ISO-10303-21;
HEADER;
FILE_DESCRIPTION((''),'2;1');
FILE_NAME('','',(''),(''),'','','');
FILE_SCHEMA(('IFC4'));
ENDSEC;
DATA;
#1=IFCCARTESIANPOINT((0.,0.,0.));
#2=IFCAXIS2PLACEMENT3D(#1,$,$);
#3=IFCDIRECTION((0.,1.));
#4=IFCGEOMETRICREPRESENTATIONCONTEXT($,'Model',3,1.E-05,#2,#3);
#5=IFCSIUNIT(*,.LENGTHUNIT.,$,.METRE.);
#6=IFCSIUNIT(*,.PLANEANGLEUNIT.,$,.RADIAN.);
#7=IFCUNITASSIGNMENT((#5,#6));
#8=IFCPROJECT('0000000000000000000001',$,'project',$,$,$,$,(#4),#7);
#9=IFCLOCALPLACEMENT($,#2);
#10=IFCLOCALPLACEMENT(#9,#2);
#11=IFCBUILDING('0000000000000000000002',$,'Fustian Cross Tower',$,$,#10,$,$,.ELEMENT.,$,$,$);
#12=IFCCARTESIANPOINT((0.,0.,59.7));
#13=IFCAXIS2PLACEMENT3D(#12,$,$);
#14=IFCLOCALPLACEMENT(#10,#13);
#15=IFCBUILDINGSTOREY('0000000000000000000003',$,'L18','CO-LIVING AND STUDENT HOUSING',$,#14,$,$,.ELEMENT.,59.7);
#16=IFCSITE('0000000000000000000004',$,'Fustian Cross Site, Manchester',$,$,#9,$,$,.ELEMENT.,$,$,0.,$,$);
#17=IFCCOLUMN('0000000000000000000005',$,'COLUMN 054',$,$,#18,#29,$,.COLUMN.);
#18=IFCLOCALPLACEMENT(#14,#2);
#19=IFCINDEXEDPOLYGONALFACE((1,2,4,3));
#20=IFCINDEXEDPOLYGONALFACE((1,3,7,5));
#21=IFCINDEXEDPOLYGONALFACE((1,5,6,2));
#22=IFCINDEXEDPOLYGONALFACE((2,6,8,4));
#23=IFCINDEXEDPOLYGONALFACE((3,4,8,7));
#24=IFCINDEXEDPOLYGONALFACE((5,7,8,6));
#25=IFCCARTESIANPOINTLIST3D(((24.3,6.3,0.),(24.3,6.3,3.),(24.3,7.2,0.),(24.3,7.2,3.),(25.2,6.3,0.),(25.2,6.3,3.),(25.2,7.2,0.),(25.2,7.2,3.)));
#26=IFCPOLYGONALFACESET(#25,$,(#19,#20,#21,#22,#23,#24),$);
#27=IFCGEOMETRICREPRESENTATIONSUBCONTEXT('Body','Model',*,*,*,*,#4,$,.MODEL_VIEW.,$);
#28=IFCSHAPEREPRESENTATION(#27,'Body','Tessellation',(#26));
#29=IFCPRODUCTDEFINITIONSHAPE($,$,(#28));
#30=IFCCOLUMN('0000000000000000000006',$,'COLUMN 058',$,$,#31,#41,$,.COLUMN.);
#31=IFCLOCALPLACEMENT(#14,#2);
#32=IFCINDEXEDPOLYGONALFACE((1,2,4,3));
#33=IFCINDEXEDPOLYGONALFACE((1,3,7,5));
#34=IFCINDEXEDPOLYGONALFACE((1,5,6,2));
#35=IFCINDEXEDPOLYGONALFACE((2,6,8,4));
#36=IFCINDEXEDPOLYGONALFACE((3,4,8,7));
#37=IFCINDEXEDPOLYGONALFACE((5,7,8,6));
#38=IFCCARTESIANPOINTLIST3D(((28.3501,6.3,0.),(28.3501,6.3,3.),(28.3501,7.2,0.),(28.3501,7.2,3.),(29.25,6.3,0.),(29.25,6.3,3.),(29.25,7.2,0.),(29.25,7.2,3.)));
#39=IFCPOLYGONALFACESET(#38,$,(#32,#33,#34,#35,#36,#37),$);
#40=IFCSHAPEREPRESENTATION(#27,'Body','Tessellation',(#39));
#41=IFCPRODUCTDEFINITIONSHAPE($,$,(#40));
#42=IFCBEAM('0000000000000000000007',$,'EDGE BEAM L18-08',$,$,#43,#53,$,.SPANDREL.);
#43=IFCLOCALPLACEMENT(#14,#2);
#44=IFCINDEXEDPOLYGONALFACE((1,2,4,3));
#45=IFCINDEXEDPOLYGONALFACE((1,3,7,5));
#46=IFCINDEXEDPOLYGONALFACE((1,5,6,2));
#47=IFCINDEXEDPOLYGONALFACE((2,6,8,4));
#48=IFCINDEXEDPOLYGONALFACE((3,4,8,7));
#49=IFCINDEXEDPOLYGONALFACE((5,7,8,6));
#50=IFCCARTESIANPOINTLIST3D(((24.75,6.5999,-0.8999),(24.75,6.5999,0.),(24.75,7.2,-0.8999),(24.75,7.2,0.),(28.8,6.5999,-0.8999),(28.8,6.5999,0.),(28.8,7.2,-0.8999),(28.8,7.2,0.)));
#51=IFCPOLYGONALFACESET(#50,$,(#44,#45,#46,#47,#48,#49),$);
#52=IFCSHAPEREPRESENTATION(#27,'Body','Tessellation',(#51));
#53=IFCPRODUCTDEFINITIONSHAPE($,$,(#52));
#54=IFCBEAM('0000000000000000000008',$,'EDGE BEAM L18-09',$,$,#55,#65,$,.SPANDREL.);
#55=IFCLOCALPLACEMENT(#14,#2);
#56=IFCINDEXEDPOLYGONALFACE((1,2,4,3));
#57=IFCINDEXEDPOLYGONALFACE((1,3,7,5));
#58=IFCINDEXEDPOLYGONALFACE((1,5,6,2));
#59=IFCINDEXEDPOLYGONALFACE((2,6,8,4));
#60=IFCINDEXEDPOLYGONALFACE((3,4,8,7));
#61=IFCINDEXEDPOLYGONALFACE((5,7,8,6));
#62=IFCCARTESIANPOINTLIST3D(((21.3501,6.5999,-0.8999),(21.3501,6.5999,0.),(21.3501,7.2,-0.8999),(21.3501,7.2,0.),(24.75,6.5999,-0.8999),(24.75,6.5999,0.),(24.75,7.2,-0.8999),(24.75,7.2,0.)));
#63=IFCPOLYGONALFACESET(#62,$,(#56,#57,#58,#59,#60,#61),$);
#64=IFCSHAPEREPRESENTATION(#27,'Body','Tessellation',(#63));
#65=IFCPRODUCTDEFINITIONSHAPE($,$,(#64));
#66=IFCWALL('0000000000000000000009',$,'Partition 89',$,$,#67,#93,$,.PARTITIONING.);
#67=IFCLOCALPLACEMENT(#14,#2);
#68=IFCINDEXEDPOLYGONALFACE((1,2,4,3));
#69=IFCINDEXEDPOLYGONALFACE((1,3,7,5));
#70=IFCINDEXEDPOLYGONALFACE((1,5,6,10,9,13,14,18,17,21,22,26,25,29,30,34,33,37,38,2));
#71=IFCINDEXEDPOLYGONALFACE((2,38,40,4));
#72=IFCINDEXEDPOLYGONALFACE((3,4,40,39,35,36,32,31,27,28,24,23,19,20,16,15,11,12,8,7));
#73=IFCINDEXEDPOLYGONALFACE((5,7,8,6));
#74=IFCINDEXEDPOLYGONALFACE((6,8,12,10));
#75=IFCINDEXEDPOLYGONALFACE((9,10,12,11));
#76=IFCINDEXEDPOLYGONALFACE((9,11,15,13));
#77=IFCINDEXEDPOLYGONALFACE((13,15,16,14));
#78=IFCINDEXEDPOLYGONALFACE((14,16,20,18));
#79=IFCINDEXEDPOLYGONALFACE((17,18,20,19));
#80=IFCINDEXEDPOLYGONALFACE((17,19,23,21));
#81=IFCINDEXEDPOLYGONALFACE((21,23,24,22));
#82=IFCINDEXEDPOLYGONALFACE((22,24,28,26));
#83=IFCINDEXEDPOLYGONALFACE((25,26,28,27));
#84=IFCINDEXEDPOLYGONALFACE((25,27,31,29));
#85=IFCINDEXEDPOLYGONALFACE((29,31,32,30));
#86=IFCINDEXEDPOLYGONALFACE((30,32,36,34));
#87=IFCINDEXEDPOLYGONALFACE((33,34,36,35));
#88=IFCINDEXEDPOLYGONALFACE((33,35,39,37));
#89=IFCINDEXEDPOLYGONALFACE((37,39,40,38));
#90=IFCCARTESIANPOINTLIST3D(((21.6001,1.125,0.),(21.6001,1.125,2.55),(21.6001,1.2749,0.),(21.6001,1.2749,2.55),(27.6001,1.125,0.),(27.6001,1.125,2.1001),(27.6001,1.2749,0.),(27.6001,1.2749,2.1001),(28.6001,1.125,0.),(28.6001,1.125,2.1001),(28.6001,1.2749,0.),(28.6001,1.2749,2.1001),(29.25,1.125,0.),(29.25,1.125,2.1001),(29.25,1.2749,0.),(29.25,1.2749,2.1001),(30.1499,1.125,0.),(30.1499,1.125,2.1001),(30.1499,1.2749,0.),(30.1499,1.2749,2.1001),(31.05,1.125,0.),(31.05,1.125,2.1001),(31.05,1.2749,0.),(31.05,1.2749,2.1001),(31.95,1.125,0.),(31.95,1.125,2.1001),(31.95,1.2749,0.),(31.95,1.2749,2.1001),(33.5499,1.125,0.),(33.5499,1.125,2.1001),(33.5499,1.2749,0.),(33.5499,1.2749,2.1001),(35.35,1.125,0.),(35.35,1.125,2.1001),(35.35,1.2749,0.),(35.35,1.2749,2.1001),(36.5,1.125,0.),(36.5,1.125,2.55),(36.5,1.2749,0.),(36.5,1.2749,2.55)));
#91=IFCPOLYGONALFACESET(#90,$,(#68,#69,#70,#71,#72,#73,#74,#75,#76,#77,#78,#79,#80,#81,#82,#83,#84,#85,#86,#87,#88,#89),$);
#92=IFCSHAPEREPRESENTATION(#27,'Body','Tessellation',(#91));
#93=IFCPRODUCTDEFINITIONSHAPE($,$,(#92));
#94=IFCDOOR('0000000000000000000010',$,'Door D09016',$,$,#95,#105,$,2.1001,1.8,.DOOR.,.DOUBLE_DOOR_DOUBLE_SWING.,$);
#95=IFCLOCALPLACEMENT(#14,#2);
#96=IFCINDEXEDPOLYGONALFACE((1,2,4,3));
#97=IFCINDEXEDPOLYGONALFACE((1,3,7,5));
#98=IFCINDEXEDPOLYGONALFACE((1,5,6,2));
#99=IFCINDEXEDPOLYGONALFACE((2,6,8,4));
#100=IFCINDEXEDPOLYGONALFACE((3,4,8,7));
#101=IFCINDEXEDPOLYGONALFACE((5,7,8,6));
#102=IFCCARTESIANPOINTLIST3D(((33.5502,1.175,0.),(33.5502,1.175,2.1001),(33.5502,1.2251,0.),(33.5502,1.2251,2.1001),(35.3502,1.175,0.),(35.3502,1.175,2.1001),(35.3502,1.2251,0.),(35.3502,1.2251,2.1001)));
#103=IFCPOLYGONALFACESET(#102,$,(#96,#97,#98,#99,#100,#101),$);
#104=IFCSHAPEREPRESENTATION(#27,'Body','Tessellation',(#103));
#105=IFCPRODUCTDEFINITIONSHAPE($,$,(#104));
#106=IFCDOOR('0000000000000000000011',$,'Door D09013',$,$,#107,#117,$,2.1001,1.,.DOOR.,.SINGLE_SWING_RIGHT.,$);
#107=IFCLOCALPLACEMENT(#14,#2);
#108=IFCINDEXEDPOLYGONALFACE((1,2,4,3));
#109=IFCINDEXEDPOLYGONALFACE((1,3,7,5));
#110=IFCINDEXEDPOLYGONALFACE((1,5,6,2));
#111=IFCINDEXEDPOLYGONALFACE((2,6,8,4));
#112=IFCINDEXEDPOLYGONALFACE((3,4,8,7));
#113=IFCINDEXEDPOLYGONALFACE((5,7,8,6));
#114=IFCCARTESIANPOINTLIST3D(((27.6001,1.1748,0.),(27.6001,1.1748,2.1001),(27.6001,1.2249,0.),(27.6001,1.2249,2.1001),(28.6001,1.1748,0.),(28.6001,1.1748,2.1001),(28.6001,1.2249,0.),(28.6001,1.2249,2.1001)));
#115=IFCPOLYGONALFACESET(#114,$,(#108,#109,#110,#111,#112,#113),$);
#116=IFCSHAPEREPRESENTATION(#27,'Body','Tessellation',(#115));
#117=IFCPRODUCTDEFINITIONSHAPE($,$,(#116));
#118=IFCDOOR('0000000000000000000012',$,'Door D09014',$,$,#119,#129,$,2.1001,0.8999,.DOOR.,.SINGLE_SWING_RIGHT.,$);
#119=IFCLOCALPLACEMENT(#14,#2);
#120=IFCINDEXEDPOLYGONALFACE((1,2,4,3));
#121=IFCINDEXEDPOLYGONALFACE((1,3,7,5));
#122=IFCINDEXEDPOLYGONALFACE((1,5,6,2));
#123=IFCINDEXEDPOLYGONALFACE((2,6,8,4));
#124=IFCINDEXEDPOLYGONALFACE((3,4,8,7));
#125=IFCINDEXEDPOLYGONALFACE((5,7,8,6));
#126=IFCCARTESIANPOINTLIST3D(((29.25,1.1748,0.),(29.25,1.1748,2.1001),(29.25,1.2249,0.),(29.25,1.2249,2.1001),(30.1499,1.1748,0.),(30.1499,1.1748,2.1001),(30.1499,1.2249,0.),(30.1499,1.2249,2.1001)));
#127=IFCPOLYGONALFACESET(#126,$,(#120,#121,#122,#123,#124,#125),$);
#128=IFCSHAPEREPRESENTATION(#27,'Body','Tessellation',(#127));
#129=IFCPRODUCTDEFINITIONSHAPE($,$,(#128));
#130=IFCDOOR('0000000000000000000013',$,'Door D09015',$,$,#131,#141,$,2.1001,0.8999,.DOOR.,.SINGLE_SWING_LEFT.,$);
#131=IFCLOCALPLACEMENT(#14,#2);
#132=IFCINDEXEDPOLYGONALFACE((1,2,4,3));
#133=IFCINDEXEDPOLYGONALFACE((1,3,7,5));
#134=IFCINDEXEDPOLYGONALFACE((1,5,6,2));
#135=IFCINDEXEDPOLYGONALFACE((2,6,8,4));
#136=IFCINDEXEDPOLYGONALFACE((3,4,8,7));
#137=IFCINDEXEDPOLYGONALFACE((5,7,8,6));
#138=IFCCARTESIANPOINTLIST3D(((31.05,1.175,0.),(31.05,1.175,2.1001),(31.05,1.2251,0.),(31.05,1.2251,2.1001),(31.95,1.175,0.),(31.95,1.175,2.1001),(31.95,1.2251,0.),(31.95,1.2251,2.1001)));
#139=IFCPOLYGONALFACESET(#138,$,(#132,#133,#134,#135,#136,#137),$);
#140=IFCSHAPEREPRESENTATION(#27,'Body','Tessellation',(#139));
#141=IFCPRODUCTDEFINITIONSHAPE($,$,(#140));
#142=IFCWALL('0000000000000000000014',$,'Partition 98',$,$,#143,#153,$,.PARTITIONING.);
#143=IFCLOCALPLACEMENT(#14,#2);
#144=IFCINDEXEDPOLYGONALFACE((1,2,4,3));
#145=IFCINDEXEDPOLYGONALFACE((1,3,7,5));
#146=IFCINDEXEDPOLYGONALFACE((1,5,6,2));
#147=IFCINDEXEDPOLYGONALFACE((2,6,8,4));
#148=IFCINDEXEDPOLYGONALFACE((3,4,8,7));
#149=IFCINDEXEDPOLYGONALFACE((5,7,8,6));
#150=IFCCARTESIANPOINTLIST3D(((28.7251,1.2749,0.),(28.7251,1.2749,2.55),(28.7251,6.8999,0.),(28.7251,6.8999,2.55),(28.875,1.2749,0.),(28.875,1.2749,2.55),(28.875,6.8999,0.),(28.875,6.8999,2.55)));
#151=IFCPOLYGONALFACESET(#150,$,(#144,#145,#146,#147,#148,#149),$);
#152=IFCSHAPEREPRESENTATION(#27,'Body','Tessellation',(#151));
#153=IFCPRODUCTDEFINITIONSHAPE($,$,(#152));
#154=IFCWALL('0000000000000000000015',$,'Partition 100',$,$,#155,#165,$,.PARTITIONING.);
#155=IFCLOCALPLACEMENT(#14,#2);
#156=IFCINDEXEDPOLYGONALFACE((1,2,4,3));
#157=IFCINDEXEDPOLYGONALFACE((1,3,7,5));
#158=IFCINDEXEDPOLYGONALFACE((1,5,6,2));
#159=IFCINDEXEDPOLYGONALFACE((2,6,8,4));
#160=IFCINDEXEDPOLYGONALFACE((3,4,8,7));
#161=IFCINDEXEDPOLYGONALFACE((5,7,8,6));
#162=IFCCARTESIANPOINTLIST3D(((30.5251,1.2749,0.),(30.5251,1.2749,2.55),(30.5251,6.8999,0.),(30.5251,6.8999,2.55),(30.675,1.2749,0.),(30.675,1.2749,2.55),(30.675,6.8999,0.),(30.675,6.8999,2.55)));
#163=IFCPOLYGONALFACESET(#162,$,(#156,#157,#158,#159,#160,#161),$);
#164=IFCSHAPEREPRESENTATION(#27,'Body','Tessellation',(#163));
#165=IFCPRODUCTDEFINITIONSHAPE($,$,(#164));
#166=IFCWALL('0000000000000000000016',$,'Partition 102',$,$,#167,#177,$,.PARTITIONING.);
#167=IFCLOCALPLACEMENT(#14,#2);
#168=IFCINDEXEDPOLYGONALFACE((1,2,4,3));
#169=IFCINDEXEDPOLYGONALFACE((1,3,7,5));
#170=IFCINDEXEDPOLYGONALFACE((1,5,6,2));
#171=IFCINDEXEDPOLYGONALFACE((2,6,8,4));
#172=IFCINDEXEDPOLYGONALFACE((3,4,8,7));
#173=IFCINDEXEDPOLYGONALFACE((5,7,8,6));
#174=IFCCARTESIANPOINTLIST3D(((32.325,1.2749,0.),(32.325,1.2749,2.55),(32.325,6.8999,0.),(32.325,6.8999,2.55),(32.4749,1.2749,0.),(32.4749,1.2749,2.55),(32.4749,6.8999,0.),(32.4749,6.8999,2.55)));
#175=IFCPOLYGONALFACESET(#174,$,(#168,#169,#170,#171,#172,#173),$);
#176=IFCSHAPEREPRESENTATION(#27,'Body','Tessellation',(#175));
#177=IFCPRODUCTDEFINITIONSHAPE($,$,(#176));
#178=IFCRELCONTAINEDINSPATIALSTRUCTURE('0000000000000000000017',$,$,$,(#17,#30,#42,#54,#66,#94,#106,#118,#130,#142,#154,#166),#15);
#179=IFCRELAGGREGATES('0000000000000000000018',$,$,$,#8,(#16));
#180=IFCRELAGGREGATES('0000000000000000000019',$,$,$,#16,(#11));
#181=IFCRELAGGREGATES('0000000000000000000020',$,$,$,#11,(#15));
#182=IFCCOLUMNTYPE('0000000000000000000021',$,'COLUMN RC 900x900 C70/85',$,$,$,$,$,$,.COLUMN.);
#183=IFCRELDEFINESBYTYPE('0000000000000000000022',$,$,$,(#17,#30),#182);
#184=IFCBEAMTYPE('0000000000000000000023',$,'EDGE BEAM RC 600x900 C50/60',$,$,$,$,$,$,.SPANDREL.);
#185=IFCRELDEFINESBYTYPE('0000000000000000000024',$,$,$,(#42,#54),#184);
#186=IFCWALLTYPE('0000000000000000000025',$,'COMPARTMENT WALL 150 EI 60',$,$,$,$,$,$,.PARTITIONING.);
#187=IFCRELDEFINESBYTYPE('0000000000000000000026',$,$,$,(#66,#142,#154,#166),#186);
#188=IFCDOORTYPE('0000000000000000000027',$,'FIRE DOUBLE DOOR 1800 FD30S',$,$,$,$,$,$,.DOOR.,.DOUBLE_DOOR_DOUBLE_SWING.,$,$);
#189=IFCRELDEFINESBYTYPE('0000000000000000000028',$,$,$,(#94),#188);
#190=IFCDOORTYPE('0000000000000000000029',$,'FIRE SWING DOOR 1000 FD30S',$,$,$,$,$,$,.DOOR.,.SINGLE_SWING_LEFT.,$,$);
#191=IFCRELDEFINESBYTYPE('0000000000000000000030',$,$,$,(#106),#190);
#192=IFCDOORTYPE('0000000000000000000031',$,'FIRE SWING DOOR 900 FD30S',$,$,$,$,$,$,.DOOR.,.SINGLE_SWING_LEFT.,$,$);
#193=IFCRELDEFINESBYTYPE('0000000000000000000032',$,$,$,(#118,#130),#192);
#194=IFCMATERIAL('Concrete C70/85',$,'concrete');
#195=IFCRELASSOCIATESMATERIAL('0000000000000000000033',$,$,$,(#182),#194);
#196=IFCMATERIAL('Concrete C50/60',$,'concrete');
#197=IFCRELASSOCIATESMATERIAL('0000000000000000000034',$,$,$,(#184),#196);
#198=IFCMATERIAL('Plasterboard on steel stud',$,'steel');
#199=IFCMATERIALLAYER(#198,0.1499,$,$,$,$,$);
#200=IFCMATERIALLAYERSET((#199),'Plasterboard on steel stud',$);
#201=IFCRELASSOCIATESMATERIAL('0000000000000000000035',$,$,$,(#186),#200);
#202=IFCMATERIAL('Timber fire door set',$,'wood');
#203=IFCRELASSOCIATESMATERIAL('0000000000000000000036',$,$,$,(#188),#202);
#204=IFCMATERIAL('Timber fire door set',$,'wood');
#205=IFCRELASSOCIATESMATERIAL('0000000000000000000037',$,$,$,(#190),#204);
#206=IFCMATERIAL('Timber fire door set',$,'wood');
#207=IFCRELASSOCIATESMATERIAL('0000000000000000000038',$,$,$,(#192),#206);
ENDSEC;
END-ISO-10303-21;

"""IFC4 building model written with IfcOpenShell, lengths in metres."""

from ifc_helpers import new_model, si_unit, direction, frame, frame_2d, origin, origin_2d, place, context, subcontext, project, spatial, rectangle, extrude, material, layer, layer_set, material_profile, profile_set, type_object, element, fill, save


model = new_model("IFC4")

# Units and contexts
model_context = context("Model", 3, precision=1e-05, world=origin(), true_north=direction((0.0, 1.0)))
body_context = subcontext(model_context, "Body", "Model", "MODEL_VIEW")
ifc_project = project(units=[si_unit("LENGTHUNIT", "METRE"), si_unit("PLANEANGLEUNIT", "RADIAN")], contexts=[model_context])

# Site, building, storey
site_placement = place(None, origin())
site = spatial("IfcSite", under=ifc_project, at=site_placement, Name="Fustian Cross Site, Manchester", CompositionType="ELEMENT", RefElevation=0.0)
building_placement = place(site_placement, origin())
building = spatial("IfcBuilding", under=site, at=building_placement, Name="Fustian Cross Tower", CompositionType="ELEMENT")
storey_placement = place(building_placement, frame((0.0, 0.0, 59.7)))
storey = spatial("IfcBuildingStorey", under=building, at=storey_placement, Name="L18", Description="CO-LIVING AND STUDENT HOUSING", CompositionType="ELEMENT", Elevation=59.7)

# Columns
ifc_material_1 = material(Name="Concrete C70/85", Category="concrete")
ifc_material_profile_1 = material_profile(ifc_material_1, rectangle(XDim=0.8999, YDim=0.8999, at=origin_2d()), Name="RC 900x900")
ifc_profile_set_1 = profile_set([ifc_material_profile_1], Name="Concrete C70/85")
column_type = type_object("IfcColumnType", Name="COLUMN RC 900x900 C70/85", PredefinedType="COLUMN", material=ifc_profile_set_1)
for number, where, z_axis, x_axis, name in (
    (1, (24.75, 6.75, 0.0), (0.0, 0.0, 1.0), (1.0, 0.0, 0.0), "COLUMN 054"),
    (2, (28.8, 6.75, 0.0), (0.0, 0.0, 1.0), (1.0, 0.0, 0.0), "COLUMN 058"),
):
    element("IfcColumn", number, at=place(storey_placement, frame(where, z_axis=z_axis, x_axis=x_axis)), inside=storey, type_object=column_type, Name=name, PredefinedType="COLUMN", context=body_context, shape_type="SweptSolid", body=[
        extrude(rectangle(XDim=0.8999, YDim=0.8999, at=origin_2d()), origin(), (0.0, 0.0, 1.0), 3.0),
    ])

# Beams
ifc_material_2 = material(Name="Concrete C50/60", Category="concrete")
ifc_material_profile_2 = material_profile(ifc_material_2, rectangle(XDim=0.6001, YDim=0.8999, at=origin_2d()), Name="RC 600x900")
ifc_profile_set_2 = profile_set([ifc_material_profile_2], Name="Concrete C50/60")
beam_type = type_object("IfcBeamType", Name="EDGE BEAM RC 600x900 C50/60", PredefinedType="SPANDREL", material=ifc_profile_set_2)
beam_1_placement = place(storey_placement, frame((28.8, 6.8999, -0.45), z_axis=(-1.0, 0.0, 0.0), x_axis=(0.0, -1.0, 0.0)))
element("IfcBeam", 3, at=beam_1_placement, inside=storey, type_object=beam_type, Name="EDGE BEAM L18-08", PredefinedType="SPANDREL", context=body_context, shape_type="SweptSolid", body=[
    extrude(rectangle(XDim=0.6001, YDim=0.8999, at=origin_2d()), origin(), (0.0, 0.0, 1.0), 4.05),
])
beam_2_placement = place(storey_placement, frame((24.75, 6.8999, -0.45), z_axis=(-1.0, 0.0, 0.0), x_axis=(0.0, -1.0, 0.0)))
element("IfcBeam", 4, at=beam_2_placement, inside=storey, type_object=beam_type, Name="EDGE BEAM L18-09", PredefinedType="SPANDREL", context=body_context, shape_type="SweptSolid", body=[
    extrude(rectangle(XDim=0.6001, YDim=0.8999, at=origin_2d()), origin(), (0.0, 0.0, 1.0), 3.3999),
])

# Wall, openings, doors
ifc_material_3 = material(Name="Plasterboard on steel stud", Category="steel")
ifc_layer_1 = layer(ifc_material_3, 0.1499)
ifc_layer_set_1 = layer_set([ifc_layer_1], Name="Plasterboard on steel stud")
wall_type_1 = type_object("IfcWallType", Name="COMPARTMENT WALL 150 EI 60", PredefinedType="PARTITIONING", material=ifc_layer_set_1)
wall_1_placement = place(storey_placement, frame((21.6001, 1.2, 0.0), z_axis=(0.0, 0.0, 1.0), x_axis=(1.0, 0.0, 0.0)))
wall_1 = element("IfcWall", 5, at=wall_1_placement, inside=storey, type_object=wall_type_1, Name="Partition 89", PredefinedType="PARTITIONING", context=body_context, shape_type="SweptSolid", body=[
    extrude(rectangle(XDim=14.8999, YDim=0.1499, at=frame_2d((7.45, 0.0))), origin(), (0.0, 0.0, 1.0), 2.55),
])
opening_1_placement = place(wall_1_placement, frame((6.0, 0.0, 0.0)))
opening_1 = element("IfcOpeningElement", 6, at=opening_1_placement, cuts=wall_1, PredefinedType="OPENING", context=body_context, shape_type="SweptSolid", body=[
    extrude(rectangle(XDim=1.0, YDim=2.1001, at=frame_2d((0.5, 1.05))), frame((0.0, 0.085, 0.0), z_axis=(0.0, -1.0, 0.0), x_axis=(1.0, 0.0, 0.0)), (0.0, 0.0, 1.0), 0.1699),
])
opening_2_placement = place(wall_1_placement, frame((7.6499, 0.0, 0.0)))
opening_2 = element("IfcOpeningElement", 7, at=opening_2_placement, cuts=wall_1, PredefinedType="OPENING", context=body_context, shape_type="SweptSolid", body=[
    extrude(rectangle(XDim=0.8999, YDim=2.1001, at=frame_2d((0.45, 1.05))), frame((0.0, 0.085, 0.0), z_axis=(0.0, -1.0, 0.0), x_axis=(1.0, 0.0, 0.0)), (0.0, 0.0, 1.0), 0.1699),
])
opening_3_placement = place(wall_1_placement, frame((9.45, 0.0, 0.0)))
opening_3 = element("IfcOpeningElement", 8, at=opening_3_placement, cuts=wall_1, PredefinedType="OPENING", context=body_context, shape_type="SweptSolid", body=[
    extrude(rectangle(XDim=0.8999, YDim=2.1001, at=frame_2d((0.45, 1.05))), frame((0.0, 0.085, 0.0), z_axis=(0.0, -1.0, 0.0), x_axis=(1.0, 0.0, 0.0)), (0.0, 0.0, 1.0), 0.1699),
])
opening_4_placement = place(wall_1_placement, frame((11.95, 0.0, 0.0)))
opening_4 = element("IfcOpeningElement", 9, at=opening_4_placement, cuts=wall_1, PredefinedType="OPENING", context=body_context, shape_type="SweptSolid", body=[
    extrude(rectangle(XDim=1.8, YDim=2.1001, at=frame_2d((0.8999, 1.05))), frame((0.0, 0.085, 0.0), z_axis=(0.0, -1.0, 0.0), x_axis=(1.0, 0.0, 0.0)), (0.0, 0.0, 1.0), 0.1699),
])
ifc_material_4 = material(Name="Timber fire door set", Category="wood")
door_type_1 = type_object("IfcDoorType", Name="FIRE DOUBLE DOOR 1800 FD30S", OperationType="DOUBLE_DOOR_DOUBLE_SWING", PredefinedType="DOOR", material=ifc_material_4)
door_1_placement = place(opening_4_placement, frame((1.8, 0.0, 0.0), z_axis=(0.0, 0.0, 1.0), x_axis=(-1.0, 0.0, 0.0)))
door_1 = element("IfcDoor", 10, at=door_1_placement, inside=storey, type_object=door_type_1, Name="Door D09016", OperationType="DOUBLE_DOOR_DOUBLE_SWING", OverallHeight=2.1001, OverallWidth=1.8, PredefinedType="DOOR", context=body_context, shape_type="SweptSolid", body=[
    extrude(rectangle(XDim=1.8, YDim=2.1001, at=frame_2d((0.8999, 1.05))), frame((0.0, 0.0249, 0.0), z_axis=(0.0, -1.0, 0.0), x_axis=(1.0, 0.0, 0.0)), (0.0, 0.0, 1.0), 0.05),
])
fill(opening_4, door_1)
ifc_material_5 = material(Name="Timber fire door set", Category="wood")
door_type_2 = type_object("IfcDoorType", Name="FIRE SWING DOOR 1000 FD30S", OperationType="SINGLE_SWING_LEFT", PredefinedType="DOOR", material=ifc_material_5)
door_2_placement = place(opening_1_placement, origin())
door_2 = element("IfcDoor", 11, at=door_2_placement, inside=storey, type_object=door_type_2, Name="Door D09013", OperationType="SINGLE_SWING_RIGHT", OverallHeight=2.1001, OverallWidth=1.0, PredefinedType="DOOR", context=body_context, shape_type="SweptSolid", body=[
    extrude(rectangle(XDim=1.0, YDim=2.1001, at=frame_2d((0.5, 1.05))), frame((0.0, 0.0249, 0.0), z_axis=(0.0, -1.0, 0.0), x_axis=(1.0, 0.0, 0.0)), (0.0, 0.0, 1.0), 0.05),
])
fill(opening_1, door_2)
ifc_material_6 = material(Name="Timber fire door set", Category="wood")
door_type_3 = type_object("IfcDoorType", Name="FIRE SWING DOOR 900 FD30S", OperationType="SINGLE_SWING_LEFT", PredefinedType="DOOR", material=ifc_material_6)
door_3_placement = place(opening_2_placement, origin())
door_3 = element("IfcDoor", 12, at=door_3_placement, inside=storey, type_object=door_type_3, Name="Door D09014", OperationType="SINGLE_SWING_RIGHT", OverallHeight=2.1001, OverallWidth=0.8999, PredefinedType="DOOR", context=body_context, shape_type="SweptSolid", body=[
    extrude(rectangle(XDim=0.8999, YDim=2.1001, at=frame_2d((0.45, 1.05))), frame((0.0, 0.0249, 0.0), z_axis=(0.0, -1.0, 0.0), x_axis=(1.0, 0.0, 0.0)), (0.0, 0.0, 1.0), 0.05),
])
fill(opening_2, door_3)
door_4_placement = place(opening_3_placement, frame((0.8999, 0.0, 0.0), z_axis=(0.0, 0.0, 1.0), x_axis=(-1.0, 0.0, 0.0)))
door_4 = element("IfcDoor", 13, at=door_4_placement, inside=storey, type_object=door_type_3, Name="Door D09015", OperationType="SINGLE_SWING_LEFT", OverallHeight=2.1001, OverallWidth=0.8999, PredefinedType="DOOR", context=body_context, shape_type="SweptSolid", body=[
    extrude(rectangle(XDim=0.8999, YDim=2.1001, at=frame_2d((0.45, 1.05))), frame((0.0, 0.0249, 0.0), z_axis=(0.0, -1.0, 0.0), x_axis=(1.0, 0.0, 0.0)), (0.0, 0.0, 1.0), 0.05),
])
fill(opening_3, door_4)

# Walls
for number, where, z_axis, x_axis, name in (
    (14, (28.8, 1.2749, 0.0), (0.0, 0.0, 1.0), (0.0, 1.0, 0.0), "Partition 98"),
    (15, (30.6001, 1.2749, 0.0), (0.0, 0.0, 1.0), (0.0, 1.0, 0.0), "Partition 100"),
    (16, (32.3999, 1.2749, 0.0), (0.0, 0.0, 1.0), (0.0, 1.0, 0.0), "Partition 102"),
):
    element("IfcWall", number, at=place(storey_placement, frame(where, z_axis=z_axis, x_axis=x_axis)), inside=storey, type_object=wall_type_1, Name=name, PredefinedType="PARTITIONING", context=body_context, shape_type="SweptSolid", body=[
        extrude(rectangle(XDim=5.625, YDim=0.1499, at=frame_2d((2.8125, 0.0))), origin(), (0.0, 0.0, 1.0), 2.55),
    ])

save(model, "model.ifc")
